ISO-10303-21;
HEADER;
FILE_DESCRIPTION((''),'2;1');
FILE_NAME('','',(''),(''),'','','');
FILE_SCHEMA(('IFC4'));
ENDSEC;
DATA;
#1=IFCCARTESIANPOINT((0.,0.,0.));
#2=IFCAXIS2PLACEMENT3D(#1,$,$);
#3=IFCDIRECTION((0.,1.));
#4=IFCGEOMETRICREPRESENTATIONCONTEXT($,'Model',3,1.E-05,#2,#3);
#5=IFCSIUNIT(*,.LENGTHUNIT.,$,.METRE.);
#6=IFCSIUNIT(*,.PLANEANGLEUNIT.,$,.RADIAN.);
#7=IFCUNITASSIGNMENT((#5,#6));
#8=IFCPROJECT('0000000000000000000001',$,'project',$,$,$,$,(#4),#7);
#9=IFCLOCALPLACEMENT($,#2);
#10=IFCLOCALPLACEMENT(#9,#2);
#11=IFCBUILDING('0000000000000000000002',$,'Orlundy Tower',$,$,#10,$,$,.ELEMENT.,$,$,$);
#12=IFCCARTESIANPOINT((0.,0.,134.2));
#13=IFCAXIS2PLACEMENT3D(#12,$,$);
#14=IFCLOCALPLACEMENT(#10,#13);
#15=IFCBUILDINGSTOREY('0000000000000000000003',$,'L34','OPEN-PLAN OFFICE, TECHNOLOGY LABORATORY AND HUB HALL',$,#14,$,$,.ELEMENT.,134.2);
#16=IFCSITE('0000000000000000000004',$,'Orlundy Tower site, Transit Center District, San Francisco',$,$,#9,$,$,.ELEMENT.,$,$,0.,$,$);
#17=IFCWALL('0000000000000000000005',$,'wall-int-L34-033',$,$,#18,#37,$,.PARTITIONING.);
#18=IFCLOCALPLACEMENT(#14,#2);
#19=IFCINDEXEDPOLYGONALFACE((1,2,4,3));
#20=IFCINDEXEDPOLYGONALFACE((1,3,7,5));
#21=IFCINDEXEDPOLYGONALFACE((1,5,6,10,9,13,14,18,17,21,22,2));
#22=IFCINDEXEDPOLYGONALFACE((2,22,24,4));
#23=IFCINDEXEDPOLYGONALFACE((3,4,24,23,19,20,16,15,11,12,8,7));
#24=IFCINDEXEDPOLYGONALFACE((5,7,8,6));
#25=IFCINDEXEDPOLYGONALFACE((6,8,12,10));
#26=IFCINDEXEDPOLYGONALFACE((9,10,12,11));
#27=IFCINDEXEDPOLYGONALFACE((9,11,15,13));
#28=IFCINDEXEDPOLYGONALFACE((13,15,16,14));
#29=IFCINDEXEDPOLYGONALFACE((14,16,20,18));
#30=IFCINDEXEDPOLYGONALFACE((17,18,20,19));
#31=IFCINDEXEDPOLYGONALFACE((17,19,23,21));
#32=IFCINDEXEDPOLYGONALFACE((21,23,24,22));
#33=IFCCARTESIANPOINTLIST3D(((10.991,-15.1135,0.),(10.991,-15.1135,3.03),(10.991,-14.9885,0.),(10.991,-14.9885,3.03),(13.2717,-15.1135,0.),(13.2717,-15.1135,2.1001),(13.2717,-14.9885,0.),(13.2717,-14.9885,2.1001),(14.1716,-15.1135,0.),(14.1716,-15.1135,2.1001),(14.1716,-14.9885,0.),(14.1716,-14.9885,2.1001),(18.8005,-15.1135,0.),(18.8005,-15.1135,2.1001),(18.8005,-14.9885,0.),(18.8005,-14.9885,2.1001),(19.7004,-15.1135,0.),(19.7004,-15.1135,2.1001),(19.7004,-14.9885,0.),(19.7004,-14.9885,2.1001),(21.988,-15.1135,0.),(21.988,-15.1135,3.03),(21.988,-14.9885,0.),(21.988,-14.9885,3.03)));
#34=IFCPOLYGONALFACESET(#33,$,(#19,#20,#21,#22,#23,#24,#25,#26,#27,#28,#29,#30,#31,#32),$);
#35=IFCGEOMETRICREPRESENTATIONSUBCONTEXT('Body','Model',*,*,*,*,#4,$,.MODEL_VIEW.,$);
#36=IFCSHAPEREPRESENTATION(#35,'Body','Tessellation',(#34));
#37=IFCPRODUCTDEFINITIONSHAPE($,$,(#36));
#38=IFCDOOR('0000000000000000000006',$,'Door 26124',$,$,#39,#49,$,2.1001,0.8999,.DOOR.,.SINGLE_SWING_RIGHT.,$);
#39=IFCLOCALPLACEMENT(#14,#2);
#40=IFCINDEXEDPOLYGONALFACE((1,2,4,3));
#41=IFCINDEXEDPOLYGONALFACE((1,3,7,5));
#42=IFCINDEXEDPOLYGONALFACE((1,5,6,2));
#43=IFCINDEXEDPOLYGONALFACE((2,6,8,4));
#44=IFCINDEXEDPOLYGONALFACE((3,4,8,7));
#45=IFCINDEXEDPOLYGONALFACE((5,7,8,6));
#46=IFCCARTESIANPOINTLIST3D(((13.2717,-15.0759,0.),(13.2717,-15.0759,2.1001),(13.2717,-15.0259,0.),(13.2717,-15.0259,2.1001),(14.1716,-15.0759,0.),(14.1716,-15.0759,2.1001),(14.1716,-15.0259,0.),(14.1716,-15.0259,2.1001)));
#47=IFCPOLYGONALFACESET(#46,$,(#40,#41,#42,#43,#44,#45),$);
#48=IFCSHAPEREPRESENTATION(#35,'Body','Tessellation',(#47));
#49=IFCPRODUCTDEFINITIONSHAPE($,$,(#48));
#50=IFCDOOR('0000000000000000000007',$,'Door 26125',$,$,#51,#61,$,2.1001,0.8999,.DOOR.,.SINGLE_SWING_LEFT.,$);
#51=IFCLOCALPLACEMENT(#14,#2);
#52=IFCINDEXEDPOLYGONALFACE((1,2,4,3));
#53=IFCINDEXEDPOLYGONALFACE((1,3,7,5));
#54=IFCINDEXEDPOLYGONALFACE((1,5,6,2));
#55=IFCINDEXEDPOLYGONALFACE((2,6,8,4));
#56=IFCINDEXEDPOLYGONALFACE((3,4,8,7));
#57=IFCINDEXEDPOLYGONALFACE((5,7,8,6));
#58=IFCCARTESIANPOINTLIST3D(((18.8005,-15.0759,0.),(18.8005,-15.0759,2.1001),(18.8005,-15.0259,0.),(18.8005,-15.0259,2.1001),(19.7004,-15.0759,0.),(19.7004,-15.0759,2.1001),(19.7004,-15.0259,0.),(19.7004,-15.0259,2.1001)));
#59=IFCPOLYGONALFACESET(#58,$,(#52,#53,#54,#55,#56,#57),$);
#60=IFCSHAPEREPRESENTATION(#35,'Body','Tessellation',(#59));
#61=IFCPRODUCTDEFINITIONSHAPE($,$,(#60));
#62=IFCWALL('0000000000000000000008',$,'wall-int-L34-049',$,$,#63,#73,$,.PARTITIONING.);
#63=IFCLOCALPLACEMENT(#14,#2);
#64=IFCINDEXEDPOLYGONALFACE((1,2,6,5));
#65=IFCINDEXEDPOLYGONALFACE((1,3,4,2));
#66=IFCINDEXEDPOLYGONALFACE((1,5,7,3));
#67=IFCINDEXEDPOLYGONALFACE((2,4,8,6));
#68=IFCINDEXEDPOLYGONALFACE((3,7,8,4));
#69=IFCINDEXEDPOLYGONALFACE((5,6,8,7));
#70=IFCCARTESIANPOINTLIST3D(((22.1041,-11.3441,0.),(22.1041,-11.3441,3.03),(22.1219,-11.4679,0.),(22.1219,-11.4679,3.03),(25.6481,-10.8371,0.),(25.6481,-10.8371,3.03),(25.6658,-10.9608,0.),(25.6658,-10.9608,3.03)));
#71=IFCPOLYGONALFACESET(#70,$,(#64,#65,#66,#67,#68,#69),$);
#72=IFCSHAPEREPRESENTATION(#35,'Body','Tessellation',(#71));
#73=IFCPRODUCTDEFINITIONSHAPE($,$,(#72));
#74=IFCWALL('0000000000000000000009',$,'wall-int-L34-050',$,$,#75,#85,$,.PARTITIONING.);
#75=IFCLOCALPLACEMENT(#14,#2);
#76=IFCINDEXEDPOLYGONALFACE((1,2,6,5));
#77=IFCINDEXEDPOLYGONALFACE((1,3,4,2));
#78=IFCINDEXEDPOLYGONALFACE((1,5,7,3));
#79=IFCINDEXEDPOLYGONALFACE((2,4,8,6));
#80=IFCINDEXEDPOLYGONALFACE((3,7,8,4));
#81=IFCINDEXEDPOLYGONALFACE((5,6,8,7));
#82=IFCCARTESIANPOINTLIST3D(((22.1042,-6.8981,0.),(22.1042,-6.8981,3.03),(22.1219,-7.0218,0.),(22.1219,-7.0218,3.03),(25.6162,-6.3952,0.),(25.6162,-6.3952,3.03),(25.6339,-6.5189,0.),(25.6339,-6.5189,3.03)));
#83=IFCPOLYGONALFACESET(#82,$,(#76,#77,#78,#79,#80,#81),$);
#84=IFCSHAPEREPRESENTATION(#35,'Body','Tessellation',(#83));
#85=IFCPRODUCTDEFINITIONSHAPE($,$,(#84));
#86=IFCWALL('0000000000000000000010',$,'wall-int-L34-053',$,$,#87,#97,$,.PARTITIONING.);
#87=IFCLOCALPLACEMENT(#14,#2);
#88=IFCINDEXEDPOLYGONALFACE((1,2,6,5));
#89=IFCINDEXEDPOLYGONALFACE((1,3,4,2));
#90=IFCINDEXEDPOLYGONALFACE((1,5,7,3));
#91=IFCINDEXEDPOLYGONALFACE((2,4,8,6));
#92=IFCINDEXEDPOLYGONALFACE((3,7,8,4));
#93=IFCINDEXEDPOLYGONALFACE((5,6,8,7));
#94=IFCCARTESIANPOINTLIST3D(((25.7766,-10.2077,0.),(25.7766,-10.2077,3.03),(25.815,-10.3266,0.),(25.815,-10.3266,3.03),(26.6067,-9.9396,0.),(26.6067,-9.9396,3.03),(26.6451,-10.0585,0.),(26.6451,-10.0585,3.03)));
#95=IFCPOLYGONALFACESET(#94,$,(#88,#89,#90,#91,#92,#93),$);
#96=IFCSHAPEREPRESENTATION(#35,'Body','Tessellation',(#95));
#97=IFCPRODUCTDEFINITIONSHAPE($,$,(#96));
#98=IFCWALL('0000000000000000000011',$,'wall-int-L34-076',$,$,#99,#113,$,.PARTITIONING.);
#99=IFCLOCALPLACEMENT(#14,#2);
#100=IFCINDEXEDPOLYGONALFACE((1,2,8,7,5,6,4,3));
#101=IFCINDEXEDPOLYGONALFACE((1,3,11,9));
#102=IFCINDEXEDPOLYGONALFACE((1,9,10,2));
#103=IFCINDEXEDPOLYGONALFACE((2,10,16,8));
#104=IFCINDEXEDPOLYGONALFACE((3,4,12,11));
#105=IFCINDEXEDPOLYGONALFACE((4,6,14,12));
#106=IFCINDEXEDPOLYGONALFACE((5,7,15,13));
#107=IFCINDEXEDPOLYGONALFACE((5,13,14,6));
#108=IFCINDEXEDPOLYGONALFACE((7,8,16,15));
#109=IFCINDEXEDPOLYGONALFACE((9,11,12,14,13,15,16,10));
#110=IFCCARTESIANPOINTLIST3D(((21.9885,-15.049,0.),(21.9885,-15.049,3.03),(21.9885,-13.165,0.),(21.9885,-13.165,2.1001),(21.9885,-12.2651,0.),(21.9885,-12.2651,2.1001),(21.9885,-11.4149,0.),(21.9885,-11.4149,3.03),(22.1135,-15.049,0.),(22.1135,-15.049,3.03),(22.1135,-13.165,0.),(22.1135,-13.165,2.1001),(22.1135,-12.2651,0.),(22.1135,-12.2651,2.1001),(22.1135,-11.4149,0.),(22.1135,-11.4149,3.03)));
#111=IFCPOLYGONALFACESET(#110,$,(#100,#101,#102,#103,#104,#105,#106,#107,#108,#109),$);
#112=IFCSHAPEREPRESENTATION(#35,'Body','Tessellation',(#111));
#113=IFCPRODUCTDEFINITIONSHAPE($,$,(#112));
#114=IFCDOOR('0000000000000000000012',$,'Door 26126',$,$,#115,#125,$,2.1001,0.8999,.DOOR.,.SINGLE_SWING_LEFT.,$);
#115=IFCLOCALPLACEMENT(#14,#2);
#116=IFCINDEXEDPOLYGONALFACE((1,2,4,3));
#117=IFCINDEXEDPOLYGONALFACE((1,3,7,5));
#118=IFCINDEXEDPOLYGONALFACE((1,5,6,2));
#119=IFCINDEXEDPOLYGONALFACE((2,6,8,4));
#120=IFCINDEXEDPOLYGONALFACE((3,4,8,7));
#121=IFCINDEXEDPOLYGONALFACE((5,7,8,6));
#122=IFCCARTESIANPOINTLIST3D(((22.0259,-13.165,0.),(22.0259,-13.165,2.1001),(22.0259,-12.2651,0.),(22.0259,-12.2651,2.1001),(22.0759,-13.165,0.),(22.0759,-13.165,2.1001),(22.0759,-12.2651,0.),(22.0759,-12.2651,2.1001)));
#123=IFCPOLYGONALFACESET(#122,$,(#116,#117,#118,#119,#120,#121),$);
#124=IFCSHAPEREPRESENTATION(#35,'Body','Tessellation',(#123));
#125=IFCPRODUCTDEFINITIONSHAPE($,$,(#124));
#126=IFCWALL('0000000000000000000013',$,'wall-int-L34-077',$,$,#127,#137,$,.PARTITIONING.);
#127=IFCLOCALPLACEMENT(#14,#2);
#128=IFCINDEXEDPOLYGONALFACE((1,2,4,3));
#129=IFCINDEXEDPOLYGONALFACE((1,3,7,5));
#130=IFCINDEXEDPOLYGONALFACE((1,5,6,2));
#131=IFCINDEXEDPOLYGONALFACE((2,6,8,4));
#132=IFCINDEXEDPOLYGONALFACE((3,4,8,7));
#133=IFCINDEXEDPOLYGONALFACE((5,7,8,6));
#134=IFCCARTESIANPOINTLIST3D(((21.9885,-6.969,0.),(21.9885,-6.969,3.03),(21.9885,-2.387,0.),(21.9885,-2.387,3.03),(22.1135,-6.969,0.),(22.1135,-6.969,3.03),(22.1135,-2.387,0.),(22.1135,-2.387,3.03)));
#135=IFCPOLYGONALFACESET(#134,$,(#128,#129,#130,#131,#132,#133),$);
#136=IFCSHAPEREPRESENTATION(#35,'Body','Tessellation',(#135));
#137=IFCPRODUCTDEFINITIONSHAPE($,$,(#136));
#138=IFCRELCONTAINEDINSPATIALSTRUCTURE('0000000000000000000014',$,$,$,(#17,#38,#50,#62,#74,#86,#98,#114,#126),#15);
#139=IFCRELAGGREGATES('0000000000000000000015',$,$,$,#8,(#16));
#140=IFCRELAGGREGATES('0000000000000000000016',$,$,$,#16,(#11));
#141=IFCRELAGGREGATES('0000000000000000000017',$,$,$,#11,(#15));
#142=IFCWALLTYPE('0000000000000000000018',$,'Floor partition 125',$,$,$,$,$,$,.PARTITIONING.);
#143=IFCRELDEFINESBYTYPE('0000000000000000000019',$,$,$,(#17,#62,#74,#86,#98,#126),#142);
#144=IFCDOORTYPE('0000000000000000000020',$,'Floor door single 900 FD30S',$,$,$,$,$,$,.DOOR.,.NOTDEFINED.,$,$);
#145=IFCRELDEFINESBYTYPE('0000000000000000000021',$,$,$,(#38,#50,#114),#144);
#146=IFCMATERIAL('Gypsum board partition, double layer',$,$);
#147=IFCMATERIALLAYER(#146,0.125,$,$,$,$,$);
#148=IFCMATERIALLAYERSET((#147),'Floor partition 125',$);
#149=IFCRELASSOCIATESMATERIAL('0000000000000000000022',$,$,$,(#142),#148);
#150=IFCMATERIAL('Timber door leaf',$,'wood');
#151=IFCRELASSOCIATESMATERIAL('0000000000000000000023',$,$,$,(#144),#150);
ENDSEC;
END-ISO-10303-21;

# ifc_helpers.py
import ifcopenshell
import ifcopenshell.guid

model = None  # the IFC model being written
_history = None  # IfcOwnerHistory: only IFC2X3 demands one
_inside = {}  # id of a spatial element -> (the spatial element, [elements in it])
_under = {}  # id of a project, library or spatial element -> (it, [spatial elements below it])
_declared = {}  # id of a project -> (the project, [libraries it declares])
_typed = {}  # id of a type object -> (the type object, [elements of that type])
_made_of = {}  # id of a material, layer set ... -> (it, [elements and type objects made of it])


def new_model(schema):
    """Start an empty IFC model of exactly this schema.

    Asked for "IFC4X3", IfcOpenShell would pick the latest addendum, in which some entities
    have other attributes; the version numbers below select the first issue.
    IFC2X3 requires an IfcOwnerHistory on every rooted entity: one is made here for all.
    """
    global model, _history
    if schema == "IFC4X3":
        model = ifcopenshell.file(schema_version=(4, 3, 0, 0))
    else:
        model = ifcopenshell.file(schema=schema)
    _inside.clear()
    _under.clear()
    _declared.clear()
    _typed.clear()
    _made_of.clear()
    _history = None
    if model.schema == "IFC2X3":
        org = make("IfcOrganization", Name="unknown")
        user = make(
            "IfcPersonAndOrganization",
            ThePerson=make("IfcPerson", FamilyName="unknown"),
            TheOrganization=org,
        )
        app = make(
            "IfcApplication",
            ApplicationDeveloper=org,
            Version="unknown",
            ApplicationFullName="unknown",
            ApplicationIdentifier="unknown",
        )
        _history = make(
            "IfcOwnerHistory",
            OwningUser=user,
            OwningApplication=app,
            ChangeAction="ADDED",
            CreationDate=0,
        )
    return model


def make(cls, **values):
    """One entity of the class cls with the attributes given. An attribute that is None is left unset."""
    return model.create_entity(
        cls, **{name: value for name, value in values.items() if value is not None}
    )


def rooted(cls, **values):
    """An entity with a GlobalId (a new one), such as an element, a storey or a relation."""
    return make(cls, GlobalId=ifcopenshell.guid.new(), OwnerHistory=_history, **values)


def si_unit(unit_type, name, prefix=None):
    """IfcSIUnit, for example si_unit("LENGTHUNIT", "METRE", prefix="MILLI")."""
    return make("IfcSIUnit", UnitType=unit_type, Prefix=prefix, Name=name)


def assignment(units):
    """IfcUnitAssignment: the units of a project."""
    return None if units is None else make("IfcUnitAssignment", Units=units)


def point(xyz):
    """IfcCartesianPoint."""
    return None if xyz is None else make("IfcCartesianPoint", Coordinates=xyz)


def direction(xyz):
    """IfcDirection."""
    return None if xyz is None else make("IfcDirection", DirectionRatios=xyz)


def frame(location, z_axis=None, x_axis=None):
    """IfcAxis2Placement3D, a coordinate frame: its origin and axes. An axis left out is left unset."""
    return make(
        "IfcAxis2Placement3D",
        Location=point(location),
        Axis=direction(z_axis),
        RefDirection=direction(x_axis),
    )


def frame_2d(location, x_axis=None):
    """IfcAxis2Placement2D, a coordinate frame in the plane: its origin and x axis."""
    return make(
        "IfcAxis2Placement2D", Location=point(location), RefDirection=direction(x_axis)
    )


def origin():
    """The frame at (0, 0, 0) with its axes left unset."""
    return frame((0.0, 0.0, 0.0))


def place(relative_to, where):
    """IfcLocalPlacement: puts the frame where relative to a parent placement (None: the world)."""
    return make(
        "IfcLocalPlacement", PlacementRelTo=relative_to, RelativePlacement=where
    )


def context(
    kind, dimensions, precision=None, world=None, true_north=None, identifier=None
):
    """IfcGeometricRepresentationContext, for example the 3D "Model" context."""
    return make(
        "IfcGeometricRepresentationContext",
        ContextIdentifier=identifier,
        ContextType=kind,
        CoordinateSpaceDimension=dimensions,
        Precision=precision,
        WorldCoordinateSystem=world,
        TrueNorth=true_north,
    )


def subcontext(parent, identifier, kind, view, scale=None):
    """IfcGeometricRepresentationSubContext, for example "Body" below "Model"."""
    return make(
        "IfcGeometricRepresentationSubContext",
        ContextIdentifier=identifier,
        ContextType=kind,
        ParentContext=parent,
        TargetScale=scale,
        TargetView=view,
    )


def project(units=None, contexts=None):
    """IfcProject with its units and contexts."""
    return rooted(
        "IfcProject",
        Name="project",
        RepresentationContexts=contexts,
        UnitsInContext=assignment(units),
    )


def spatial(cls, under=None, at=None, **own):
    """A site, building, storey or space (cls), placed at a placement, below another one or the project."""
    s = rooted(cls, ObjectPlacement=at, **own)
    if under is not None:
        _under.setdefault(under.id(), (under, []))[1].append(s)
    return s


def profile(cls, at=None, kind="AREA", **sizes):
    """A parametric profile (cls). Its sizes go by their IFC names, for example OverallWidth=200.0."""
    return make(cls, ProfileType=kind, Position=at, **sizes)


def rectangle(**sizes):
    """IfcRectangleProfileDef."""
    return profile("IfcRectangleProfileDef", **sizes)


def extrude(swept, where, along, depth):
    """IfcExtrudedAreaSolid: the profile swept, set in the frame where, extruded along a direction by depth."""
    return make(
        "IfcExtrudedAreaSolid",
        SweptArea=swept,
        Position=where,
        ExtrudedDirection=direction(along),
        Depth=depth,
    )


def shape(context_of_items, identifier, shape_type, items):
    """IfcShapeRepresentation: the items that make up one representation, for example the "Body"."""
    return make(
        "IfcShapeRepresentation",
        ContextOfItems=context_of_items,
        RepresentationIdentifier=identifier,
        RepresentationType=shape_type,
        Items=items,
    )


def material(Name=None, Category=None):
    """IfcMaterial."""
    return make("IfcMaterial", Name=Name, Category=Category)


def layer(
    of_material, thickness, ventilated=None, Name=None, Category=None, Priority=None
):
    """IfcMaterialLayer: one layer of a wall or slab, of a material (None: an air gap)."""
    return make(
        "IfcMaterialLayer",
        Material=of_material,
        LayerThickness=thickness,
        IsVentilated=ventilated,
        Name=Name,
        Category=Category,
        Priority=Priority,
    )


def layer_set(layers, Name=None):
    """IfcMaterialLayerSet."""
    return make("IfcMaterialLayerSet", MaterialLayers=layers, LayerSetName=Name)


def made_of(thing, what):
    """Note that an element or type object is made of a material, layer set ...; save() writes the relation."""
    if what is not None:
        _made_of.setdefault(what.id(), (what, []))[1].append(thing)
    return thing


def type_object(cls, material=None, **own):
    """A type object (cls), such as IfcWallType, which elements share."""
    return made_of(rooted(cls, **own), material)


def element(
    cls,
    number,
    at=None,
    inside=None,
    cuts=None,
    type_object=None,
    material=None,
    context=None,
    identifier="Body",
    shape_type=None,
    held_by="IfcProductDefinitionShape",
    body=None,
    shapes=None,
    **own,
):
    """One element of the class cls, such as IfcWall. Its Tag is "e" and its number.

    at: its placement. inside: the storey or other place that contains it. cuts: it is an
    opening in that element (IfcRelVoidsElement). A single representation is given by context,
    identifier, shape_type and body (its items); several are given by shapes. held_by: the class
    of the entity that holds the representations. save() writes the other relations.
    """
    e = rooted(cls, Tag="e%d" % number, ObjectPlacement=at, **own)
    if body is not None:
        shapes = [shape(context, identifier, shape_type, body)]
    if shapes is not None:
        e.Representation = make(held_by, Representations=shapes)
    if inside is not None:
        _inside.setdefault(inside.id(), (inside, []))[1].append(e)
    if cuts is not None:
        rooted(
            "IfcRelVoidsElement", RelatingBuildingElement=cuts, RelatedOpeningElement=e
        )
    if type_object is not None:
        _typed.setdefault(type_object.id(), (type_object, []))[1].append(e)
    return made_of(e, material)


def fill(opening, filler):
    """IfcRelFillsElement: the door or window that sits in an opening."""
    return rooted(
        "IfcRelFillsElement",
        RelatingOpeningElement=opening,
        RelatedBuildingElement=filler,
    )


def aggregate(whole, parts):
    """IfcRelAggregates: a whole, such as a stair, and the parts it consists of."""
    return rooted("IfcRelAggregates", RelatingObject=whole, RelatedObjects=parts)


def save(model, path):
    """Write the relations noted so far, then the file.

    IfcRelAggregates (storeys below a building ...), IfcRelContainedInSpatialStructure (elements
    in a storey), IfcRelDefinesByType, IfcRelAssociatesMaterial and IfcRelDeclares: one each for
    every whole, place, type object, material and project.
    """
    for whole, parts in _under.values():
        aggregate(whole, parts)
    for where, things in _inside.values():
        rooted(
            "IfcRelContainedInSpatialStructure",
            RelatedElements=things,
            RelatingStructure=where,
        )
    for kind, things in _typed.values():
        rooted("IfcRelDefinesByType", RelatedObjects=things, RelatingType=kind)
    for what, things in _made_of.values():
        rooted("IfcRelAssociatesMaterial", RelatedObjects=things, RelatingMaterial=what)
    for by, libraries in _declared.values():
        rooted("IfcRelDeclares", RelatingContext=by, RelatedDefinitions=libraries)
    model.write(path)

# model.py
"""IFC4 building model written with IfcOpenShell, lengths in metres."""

from ifc_helpers import new_model, si_unit, direction, frame, frame_2d, origin, place, context, subcontext, project, spatial, rectangle, extrude, material, layer, layer_set, type_object, element, fill, save


model = new_model("IFC4")

# Units and contexts
model_context = context("Model", 3, precision=1e-05, world=origin(), true_north=direction((0.0, 1.0)))
body_context = subcontext(model_context, "Body", "Model", "MODEL_VIEW")
ifc_project = project(units=[si_unit("LENGTHUNIT", "METRE"), si_unit("PLANEANGLEUNIT", "RADIAN")], contexts=[model_context])

# Site, building, storey
site_placement = place(None, origin())
site = spatial("IfcSite", under=ifc_project, at=site_placement, Name="Orlundy Tower site, Transit Center District, San Francisco", CompositionType="ELEMENT", RefElevation=0.0)
building_placement = place(site_placement, origin())
building = spatial("IfcBuilding", under=site, at=building_placement, Name="Orlundy Tower", CompositionType="ELEMENT")
storey_placement = place(building_placement, frame((0.0, 0.0, 134.2)))
storey = spatial("IfcBuildingStorey", under=building, at=storey_placement, Name="L34", Description="OPEN-PLAN OFFICE, TECHNOLOGY LABORATORY AND HUB HALL", CompositionType="ELEMENT", Elevation=134.2)

# Shared definitions
ifc_material_1 = material(Name="Gypsum board partition, double layer")
ifc_layer_1 = layer(ifc_material_1, 0.125)
ifc_layer_set_1 = layer_set([ifc_layer_1], Name="Floor partition 125")
wall_type_1 = type_object("IfcWallType", Name="Floor partition 125", PredefinedType="PARTITIONING", material=ifc_layer_set_1)

# Wall, openings, doors
wall_1_placement = place(storey_placement, frame((21.988, -15.051, 0.0), z_axis=(0.0, 0.0, 1.0), x_axis=(-1.0, 0.0, 0.0)))
wall_1 = element("IfcWall", 1, at=wall_1_placement, inside=storey, type_object=wall_type_1, Name="wall-int-L34-033", PredefinedType="PARTITIONING", context=body_context, shape_type="SweptSolid", body=[
    extrude(rectangle(XDim=10.9971, YDim=0.125, at=frame_2d((5.4985, 0.0))), origin(), (0.0, 0.0, 1.0), 3.03),
])
opening_1_placement = place(wall_1_placement, frame((7.8164, 0.0, 0.0)))
opening_1 = element("IfcOpeningElement", 2, at=opening_1_placement, cuts=wall_1, PredefinedType="OPENING", context=body_context, shape_type="SweptSolid", body=[
    extrude(rectangle(XDim=0.8999, YDim=2.1001, at=frame_2d((0.45, 1.05))), frame((0.0, 0.0725, 0.0), z_axis=(0.0, -1.0, 0.0), x_axis=(1.0, 0.0, 0.0)), (0.0, 0.0, 1.0), 0.145),
])
opening_2_placement = place(wall_1_placement, frame((2.2876, 0.0, 0.0)))
opening_2 = element("IfcOpeningElement", 3, at=opening_2_placement, cuts=wall_1, PredefinedType="OPENING", context=body_context, shape_type="SweptSolid", body=[
    extrude(rectangle(XDim=0.8999, YDim=2.1001, at=frame_2d((0.45, 1.05))), frame((0.0, 0.0725, 0.0), z_axis=(0.0, -1.0, 0.0), x_axis=(1.0, 0.0, 0.0)), (0.0, 0.0, 1.0), 0.145),
])
ifc_material_2 = material(Name="Timber door leaf", Category="wood")
door_type_1 = type_object("IfcDoorType", Name="Floor door single 900 FD30S", OperationType="NOTDEFINED", PredefinedType="DOOR", material=ifc_material_2)
door_1_placement = place(opening_1_placement, origin())
door_1 = element("IfcDoor", 4, at=door_1_placement, inside=storey, type_object=door_type_1, Name="Door 26124", OperationType="SINGLE_SWING_RIGHT", OverallHeight=2.1001, OverallWidth=0.8999, PredefinedType="DOOR", context=body_context, shape_type="SweptSolid", body=[
    extrude(rectangle(XDim=0.8999, YDim=2.1001, at=frame_2d((0.45, 1.05))), frame((0.0, 0.0249, 0.0), z_axis=(0.0, -1.0, 0.0), x_axis=(1.0, 0.0, 0.0)), (0.0, 0.0, 1.0), 0.05),
])
fill(opening_1, door_1)
door_2_placement = place(opening_2_placement, origin())
door_2 = element("IfcDoor", 5, at=door_2_placement, inside=storey, type_object=door_type_1, Name="Door 26125", OperationType="SINGLE_SWING_LEFT", OverallHeight=2.1001, OverallWidth=0.8999, PredefinedType="DOOR", context=body_context, shape_type="SweptSolid", body=[
    extrude(rectangle(XDim=0.8999, YDim=2.1001, at=frame_2d((0.45, 1.05))), frame((0.0, 0.0249, 0.0), z_axis=(0.0, -1.0, 0.0), x_axis=(1.0, 0.0, 0.0)), (0.0, 0.0, 1.0), 0.05),
])
fill(opening_2, door_2)

# Walls
wall_2_placement = place(storey_placement, frame((25.657, -10.8989, 0.0), z_axis=(0.0, 0.0, 1.0), x_axis=(-0.989918, -0.141641, 0.0)))
element("IfcWall", 6, at=wall_2_placement, inside=storey, type_object=wall_type_1, Name="wall-int-L34-049", PredefinedType="PARTITIONING", context=body_context, shape_type="SweptSolid", body=[
    extrude(rectangle(XDim=3.5801, YDim=0.125, at=frame_2d((1.79, 0.0))), origin(), (0.0, 0.0, 1.0), 3.03),
])
wall_3_placement = place(storey_placement, frame((22.113, -6.96, 0.0), z_axis=(0.0, 0.0, 1.0), x_axis=(0.989901, 0.141759, 0.0)))
element("IfcWall", 7, at=wall_3_placement, inside=storey, type_object=wall_type_1, Name="wall-int-L34-050", PredefinedType="PARTITIONING", context=body_context, shape_type="SweptSolid", body=[
    extrude(rectangle(XDim=3.5479, YDim=0.125, at=frame_2d((1.7739, 0.0))), origin(), (0.0, 0.0, 1.0), 3.03),
])
wall_4_placement = place(storey_placement, frame((25.7959, -10.2671, 0.0), z_axis=(0.0, 0.0, 1.0), x_axis=(0.951608, 0.307314, 0.0)))
element("IfcWall", 8, at=wall_4_placement, inside=storey, type_object=wall_type_1, Name="wall-int-L34-053", PredefinedType="PARTITIONING", context=body_context, shape_type="SweptSolid", body=[
    extrude(rectangle(XDim=0.8723, YDim=0.125, at=frame_2d((0.436, 0.0))), origin(), (0.0, 0.0, 1.0), 3.03),
])

# Wall, opening, door
wall_5_placement = place(storey_placement, frame((22.051, -11.415, 0.0), z_axis=(0.0, 0.0, 1.0), x_axis=(0.0, -1.0, 0.0)))
wall_5 = element("IfcWall", 9, at=wall_5_placement, inside=storey, type_object=wall_type_1, Name="wall-int-L34-076", PredefinedType="PARTITIONING", context=body_context, shape_type="SweptSolid", body=[
    extrude(rectangle(XDim=3.634, YDim=0.125, at=frame_2d((1.8169, 0.0))), origin(), (0.0, 0.0, 1.0), 3.03),
])
opening_3_placement = place(wall_5_placement, frame((0.8501, 0.0, 0.0)))
opening_3 = element("IfcOpeningElement", 10, at=opening_3_placement, cuts=wall_5, PredefinedType="OPENING", context=body_context, shape_type="SweptSolid", body=[
    extrude(rectangle(XDim=0.8999, YDim=2.1001, at=frame_2d((0.45, 1.05))), frame((0.0, 0.0725, 0.0), z_axis=(0.0, -1.0, 0.0), x_axis=(1.0, 0.0, 0.0)), (0.0, 0.0, 1.0), 0.145),
])
door_3_placement = place(opening_3_placement, origin())
door_3 = element("IfcDoor", 11, at=door_3_placement, inside=storey, type_object=door_type_1, Name="Door 26126", OperationType="SINGLE_SWING_LEFT", OverallHeight=2.1001, OverallWidth=0.8999, PredefinedType="DOOR", context=body_context, shape_type="SweptSolid", body=[
    extrude(rectangle(XDim=0.8999, YDim=2.1001, at=frame_2d((0.45, 1.05))), frame((0.0, 0.0249, 0.0), z_axis=(0.0, -1.0, 0.0), x_axis=(1.0, 0.0, 0.0)), (0.0, 0.0, 1.0), 0.05),
])
fill(opening_3, door_3)

# Wall
wall_6_placement = place(storey_placement, frame((22.051, -6.969, 0.0), z_axis=(0.0, 0.0, 1.0), x_axis=(0.0, 1.0, 0.0)))
element("IfcWall", 12, at=wall_6_placement, inside=storey, type_object=wall_type_1, Name="wall-int-L34-077", PredefinedType="PARTITIONING", context=body_context, shape_type="SweptSolid", body=[
    extrude(rectangle(XDim=4.582, YDim=0.125, at=frame_2d((2.291, 0.0))), origin(), (0.0, 0.0, 1.0), 3.03),
])

save(model, "model.ifc")
